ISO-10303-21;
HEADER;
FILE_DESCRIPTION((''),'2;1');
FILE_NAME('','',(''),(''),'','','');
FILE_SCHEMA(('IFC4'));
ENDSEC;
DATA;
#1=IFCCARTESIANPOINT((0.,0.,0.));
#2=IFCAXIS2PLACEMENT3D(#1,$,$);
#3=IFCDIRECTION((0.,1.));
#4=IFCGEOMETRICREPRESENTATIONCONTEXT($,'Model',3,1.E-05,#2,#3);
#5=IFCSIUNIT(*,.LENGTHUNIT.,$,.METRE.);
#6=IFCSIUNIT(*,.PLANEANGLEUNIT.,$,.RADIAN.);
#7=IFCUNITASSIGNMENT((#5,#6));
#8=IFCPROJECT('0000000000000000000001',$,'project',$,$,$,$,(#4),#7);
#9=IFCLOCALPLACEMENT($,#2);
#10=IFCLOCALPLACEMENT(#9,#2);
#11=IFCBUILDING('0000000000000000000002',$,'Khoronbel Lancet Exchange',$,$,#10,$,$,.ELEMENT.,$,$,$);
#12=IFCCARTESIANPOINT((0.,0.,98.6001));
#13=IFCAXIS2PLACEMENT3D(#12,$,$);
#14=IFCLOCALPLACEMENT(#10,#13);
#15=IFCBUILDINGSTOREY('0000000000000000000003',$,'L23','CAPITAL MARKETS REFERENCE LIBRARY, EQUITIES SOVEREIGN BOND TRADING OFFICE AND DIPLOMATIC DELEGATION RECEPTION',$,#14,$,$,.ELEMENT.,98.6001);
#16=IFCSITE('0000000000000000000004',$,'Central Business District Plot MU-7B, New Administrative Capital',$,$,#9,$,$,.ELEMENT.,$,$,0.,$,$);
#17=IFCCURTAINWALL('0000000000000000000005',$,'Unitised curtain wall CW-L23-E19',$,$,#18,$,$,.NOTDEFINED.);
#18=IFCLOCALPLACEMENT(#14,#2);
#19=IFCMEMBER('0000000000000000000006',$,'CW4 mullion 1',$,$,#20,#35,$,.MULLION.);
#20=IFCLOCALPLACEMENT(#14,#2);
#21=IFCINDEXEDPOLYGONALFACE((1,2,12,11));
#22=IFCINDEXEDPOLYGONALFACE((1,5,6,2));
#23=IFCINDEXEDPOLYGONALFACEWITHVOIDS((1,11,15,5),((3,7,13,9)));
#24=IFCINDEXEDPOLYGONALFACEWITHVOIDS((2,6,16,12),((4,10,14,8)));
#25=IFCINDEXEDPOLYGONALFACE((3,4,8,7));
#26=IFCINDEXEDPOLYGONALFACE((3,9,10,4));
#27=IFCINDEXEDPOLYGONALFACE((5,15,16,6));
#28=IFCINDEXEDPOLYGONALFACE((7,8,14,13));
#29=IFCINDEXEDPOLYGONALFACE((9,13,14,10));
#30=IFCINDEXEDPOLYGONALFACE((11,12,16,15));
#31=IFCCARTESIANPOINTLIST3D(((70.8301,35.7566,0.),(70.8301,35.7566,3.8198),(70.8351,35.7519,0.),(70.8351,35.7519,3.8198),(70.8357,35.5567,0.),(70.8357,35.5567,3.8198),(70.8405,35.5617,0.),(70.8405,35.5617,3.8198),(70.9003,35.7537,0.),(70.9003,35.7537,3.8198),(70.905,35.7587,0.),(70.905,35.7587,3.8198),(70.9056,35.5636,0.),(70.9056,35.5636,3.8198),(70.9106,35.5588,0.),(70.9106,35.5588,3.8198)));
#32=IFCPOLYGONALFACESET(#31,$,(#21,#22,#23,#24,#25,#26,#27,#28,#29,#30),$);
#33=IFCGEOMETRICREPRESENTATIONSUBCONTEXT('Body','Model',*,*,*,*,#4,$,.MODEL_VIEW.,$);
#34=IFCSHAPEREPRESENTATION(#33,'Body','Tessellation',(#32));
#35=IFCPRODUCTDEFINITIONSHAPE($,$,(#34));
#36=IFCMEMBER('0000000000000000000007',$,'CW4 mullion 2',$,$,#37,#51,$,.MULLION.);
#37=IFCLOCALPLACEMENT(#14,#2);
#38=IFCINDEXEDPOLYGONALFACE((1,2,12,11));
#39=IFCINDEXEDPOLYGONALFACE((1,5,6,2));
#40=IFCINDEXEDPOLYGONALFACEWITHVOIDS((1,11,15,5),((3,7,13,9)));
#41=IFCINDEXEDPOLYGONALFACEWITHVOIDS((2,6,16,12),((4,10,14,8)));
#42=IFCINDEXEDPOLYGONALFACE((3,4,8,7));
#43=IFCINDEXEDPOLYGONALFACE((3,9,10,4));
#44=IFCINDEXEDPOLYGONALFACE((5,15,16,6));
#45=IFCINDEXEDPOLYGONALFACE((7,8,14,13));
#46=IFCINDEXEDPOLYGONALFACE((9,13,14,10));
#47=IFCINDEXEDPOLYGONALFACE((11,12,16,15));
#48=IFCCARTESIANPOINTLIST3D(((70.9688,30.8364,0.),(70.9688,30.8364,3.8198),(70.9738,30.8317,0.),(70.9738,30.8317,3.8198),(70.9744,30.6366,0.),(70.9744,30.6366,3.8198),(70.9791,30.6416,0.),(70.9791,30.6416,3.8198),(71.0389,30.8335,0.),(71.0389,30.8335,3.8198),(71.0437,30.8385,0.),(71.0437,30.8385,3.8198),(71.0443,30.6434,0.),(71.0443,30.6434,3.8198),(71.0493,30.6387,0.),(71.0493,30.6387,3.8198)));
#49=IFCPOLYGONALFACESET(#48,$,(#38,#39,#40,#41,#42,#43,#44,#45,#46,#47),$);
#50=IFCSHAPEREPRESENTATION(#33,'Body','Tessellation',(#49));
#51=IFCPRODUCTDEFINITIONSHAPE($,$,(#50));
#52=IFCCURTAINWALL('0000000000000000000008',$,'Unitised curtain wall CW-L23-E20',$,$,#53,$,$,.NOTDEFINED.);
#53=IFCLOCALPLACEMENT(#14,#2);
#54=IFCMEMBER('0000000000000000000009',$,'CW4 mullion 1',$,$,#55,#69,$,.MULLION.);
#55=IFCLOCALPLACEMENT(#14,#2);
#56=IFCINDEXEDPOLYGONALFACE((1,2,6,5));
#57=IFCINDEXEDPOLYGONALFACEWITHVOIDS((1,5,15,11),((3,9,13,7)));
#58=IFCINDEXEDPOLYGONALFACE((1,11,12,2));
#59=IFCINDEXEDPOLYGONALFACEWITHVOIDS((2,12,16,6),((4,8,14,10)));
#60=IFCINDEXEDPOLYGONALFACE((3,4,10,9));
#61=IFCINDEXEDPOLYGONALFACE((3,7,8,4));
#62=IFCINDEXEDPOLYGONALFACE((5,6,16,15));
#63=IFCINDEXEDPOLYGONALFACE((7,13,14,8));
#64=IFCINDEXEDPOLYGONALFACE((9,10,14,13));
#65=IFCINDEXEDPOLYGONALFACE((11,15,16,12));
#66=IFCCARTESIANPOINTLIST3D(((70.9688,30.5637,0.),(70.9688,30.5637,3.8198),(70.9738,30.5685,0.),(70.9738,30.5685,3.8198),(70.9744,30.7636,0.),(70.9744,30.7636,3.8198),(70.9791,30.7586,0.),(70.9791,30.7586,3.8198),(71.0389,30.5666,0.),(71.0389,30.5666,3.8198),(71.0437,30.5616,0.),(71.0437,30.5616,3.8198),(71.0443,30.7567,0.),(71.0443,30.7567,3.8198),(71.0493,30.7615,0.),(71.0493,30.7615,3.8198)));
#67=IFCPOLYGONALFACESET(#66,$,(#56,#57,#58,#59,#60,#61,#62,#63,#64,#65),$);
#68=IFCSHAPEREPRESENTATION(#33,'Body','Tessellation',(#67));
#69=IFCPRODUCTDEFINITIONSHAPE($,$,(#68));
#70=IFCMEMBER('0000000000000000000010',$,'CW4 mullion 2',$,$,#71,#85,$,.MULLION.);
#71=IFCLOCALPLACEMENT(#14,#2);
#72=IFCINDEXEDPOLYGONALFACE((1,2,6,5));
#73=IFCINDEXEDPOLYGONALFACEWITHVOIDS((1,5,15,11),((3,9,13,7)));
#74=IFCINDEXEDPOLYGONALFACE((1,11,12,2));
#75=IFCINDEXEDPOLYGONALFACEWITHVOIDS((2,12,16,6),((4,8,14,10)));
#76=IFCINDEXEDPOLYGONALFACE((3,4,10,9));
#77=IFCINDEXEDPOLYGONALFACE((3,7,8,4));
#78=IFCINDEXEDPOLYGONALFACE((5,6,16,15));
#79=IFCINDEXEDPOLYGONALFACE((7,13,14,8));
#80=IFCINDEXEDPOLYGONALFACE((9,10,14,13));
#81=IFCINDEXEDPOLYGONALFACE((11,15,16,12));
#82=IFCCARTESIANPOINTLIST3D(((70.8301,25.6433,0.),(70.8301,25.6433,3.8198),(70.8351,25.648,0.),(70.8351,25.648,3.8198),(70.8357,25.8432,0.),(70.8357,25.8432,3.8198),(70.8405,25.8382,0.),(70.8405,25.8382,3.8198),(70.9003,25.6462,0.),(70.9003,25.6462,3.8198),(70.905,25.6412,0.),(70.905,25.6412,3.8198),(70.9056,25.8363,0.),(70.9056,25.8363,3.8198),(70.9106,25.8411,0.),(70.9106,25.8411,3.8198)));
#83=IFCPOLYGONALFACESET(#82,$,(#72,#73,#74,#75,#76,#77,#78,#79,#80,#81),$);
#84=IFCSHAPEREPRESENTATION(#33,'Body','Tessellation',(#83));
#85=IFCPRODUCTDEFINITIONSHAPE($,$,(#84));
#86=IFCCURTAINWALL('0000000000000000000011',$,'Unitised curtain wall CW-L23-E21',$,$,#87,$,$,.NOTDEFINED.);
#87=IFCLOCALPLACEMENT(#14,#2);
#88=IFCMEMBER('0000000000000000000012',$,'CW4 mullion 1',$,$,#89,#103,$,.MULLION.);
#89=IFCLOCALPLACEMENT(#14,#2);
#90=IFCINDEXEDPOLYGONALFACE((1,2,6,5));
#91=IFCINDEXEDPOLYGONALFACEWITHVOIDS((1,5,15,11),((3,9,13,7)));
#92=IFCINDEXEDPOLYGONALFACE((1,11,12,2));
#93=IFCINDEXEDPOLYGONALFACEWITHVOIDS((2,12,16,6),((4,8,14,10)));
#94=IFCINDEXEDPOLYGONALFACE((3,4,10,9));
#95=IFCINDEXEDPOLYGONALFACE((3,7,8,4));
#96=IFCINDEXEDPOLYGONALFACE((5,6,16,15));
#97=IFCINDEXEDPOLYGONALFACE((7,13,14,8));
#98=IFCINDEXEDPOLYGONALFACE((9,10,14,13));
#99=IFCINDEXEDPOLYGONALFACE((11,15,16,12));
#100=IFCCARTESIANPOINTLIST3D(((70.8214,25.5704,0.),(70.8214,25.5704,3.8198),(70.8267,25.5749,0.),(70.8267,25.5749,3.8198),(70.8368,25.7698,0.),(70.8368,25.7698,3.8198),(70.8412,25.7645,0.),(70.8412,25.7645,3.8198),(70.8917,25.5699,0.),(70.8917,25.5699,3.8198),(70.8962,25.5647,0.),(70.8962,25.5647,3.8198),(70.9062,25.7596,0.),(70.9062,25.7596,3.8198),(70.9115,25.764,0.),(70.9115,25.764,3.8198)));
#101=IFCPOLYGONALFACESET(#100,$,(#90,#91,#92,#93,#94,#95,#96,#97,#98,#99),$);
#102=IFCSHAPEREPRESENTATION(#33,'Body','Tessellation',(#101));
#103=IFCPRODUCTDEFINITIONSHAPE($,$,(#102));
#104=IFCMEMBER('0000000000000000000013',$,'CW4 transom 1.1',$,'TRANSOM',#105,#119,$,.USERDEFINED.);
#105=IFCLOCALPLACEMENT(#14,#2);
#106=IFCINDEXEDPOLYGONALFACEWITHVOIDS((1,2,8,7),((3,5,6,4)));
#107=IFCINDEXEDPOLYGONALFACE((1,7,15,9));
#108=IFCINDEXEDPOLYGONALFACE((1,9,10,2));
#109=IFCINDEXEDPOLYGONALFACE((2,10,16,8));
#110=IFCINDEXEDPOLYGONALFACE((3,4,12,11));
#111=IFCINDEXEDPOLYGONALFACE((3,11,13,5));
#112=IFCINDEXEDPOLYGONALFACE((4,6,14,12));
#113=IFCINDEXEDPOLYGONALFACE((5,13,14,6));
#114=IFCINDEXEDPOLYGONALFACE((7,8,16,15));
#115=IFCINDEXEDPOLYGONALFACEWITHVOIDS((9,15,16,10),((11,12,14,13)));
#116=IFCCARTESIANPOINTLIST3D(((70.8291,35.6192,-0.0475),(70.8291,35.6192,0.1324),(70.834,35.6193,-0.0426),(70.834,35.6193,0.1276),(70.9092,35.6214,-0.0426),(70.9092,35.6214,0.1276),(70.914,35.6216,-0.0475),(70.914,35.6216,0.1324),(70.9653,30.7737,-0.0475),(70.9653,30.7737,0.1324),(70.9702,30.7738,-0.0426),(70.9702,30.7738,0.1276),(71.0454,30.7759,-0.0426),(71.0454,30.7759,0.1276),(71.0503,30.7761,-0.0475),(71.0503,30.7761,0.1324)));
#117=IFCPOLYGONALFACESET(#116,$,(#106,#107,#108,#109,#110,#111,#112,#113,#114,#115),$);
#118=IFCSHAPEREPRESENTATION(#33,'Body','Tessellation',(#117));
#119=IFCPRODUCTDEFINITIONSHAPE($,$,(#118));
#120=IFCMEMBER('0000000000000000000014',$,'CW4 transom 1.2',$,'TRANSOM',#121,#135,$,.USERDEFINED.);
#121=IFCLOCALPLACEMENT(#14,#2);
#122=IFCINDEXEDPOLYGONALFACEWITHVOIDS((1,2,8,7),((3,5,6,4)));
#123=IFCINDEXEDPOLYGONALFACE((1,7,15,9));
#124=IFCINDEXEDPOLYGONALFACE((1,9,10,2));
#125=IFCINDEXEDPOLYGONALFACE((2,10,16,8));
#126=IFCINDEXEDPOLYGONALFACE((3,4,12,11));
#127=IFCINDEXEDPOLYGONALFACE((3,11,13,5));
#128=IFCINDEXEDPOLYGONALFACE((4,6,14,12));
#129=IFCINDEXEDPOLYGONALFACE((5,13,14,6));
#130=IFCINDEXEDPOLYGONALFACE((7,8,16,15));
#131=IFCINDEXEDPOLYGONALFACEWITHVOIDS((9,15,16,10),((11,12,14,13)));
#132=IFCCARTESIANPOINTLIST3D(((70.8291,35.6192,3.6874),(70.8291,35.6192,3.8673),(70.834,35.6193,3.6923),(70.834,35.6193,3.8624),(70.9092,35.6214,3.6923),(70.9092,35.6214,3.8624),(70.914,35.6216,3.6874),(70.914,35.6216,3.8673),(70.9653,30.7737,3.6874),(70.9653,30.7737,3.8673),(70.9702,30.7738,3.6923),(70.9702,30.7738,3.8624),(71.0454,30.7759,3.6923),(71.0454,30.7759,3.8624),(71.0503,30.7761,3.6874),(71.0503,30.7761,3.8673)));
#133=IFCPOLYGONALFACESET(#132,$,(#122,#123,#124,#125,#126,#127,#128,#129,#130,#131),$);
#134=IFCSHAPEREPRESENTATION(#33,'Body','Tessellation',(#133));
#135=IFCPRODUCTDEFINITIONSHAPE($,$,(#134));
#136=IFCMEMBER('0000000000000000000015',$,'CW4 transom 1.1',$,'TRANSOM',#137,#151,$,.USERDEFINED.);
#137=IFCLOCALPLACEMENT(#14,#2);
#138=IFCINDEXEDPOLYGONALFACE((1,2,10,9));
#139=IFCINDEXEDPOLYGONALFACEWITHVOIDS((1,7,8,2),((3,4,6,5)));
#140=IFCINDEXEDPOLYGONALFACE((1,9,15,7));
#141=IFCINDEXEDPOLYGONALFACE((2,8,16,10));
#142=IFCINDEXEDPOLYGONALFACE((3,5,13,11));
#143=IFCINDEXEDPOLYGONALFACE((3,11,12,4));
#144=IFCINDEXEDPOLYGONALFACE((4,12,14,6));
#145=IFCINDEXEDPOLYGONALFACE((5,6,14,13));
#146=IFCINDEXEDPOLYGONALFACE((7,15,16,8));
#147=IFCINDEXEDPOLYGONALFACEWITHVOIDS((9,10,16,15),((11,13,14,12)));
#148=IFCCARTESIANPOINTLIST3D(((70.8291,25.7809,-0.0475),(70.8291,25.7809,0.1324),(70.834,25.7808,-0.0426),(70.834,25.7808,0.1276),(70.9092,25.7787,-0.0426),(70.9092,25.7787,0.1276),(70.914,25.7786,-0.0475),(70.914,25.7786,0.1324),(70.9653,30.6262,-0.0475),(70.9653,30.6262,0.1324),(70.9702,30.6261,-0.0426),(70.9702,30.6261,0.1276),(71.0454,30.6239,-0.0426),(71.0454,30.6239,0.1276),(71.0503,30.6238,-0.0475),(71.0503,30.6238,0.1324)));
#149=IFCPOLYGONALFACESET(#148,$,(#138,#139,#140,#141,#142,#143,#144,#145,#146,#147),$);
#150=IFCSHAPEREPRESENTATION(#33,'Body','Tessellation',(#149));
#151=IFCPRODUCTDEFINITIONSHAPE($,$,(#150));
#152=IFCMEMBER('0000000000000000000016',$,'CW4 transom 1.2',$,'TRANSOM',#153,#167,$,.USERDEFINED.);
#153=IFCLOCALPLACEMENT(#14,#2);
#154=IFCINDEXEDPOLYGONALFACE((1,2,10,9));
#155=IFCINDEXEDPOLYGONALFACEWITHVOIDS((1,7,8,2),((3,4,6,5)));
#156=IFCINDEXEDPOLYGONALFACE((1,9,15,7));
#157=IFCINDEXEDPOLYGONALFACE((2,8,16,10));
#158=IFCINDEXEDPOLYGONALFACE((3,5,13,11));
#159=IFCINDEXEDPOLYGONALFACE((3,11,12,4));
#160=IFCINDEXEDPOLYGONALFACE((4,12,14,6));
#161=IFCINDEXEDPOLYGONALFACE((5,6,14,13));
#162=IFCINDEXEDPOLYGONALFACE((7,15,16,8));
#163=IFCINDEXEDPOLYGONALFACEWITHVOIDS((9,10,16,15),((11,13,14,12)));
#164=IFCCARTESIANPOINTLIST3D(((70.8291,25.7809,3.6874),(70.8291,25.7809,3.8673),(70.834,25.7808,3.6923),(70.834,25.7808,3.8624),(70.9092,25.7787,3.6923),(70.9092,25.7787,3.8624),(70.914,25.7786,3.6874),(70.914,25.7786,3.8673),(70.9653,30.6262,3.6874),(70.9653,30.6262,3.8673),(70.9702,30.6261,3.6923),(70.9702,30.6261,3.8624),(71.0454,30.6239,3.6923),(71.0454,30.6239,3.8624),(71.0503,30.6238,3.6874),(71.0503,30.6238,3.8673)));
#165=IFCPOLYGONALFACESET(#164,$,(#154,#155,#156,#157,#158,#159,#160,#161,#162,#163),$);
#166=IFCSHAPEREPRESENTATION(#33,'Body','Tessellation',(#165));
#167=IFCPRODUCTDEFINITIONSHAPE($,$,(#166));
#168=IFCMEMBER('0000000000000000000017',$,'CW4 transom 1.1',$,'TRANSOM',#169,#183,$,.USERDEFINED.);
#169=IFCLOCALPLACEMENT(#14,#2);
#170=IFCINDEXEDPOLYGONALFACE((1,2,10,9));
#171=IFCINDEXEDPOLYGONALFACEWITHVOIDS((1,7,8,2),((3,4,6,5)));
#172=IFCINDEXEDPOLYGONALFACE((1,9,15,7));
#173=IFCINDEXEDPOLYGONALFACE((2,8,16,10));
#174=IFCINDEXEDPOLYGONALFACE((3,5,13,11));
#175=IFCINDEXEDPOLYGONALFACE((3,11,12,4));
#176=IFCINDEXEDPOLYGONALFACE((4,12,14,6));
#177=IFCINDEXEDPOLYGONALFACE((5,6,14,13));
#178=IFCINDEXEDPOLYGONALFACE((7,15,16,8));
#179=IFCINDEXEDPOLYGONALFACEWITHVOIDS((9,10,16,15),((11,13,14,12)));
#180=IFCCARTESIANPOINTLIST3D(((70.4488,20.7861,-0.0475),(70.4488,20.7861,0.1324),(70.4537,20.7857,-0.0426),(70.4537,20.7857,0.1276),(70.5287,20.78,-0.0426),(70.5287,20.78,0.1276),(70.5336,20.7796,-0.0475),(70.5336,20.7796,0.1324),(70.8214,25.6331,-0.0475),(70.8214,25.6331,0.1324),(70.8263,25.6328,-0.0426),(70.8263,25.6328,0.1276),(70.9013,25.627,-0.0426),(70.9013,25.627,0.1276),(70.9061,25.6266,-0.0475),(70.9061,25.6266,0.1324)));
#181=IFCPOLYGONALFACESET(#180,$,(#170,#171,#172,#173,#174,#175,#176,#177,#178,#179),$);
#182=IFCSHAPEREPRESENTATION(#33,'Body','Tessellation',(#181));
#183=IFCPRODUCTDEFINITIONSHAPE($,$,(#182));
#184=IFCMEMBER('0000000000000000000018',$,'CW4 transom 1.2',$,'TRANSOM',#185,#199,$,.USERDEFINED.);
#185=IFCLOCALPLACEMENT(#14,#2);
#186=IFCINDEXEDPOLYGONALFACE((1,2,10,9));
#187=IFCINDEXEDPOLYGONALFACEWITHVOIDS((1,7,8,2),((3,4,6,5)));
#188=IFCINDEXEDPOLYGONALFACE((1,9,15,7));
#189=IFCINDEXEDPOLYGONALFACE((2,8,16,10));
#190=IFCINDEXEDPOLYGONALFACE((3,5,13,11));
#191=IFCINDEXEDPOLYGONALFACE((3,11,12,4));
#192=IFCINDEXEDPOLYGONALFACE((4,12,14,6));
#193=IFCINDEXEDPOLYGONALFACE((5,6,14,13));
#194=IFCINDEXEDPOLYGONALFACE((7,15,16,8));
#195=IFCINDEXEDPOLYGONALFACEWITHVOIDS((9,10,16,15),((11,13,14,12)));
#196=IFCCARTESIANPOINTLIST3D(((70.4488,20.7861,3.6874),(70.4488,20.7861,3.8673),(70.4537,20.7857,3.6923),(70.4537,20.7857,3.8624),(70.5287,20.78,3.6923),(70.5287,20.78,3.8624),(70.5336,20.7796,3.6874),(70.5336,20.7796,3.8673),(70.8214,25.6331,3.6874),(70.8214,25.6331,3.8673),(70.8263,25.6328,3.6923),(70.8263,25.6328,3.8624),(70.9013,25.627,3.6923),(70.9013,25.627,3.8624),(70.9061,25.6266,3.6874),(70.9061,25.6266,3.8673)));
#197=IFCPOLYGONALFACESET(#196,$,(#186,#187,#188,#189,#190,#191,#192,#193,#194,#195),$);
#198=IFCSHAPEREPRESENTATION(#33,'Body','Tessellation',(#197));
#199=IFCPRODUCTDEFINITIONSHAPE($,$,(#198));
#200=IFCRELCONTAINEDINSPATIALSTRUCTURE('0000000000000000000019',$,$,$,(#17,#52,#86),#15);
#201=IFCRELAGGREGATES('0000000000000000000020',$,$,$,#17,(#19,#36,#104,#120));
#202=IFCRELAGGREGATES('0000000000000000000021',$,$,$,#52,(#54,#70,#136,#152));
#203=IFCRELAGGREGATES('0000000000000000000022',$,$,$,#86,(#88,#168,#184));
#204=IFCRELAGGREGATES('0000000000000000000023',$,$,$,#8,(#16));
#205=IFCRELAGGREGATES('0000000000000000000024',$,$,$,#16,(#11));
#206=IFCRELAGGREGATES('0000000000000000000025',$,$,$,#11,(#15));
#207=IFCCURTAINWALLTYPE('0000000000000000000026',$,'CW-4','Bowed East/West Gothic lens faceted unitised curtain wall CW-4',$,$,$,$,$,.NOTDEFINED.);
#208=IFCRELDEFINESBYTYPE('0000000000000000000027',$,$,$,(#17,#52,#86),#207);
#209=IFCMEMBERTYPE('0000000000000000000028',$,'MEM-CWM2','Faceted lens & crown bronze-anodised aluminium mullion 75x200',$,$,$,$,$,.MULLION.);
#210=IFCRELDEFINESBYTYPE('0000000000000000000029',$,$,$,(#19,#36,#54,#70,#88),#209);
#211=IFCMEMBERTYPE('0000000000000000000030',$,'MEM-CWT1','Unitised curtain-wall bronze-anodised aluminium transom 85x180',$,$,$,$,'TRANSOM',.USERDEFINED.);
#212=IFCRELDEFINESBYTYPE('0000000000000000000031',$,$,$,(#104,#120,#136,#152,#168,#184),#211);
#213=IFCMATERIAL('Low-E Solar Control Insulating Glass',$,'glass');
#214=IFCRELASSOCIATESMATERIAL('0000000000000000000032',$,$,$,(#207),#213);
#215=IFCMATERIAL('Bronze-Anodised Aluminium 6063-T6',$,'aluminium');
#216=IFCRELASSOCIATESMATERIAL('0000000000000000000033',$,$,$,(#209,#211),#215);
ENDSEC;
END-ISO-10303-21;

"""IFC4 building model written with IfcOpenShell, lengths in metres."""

from ifc_helpers import new_model, si_unit, direction, frame, origin, origin_2d, place, context, subcontext, project, spatial, hollow_rectangle, extrude, material, material_profile, profile_set, type_object, element, aggregate, save


model = new_model("IFC4")

# Units and contexts
model_context = context("Model", 3, precision=1e-05, world=origin(), true_north=direction((0.0, 1.0)))
body_context = subcontext(model_context, "Body", "Model", "MODEL_VIEW")
ifc_project = project(units=[si_unit("LENGTHUNIT", "METRE"), si_unit("PLANEANGLEUNIT", "RADIAN")], contexts=[model_context])

# Site, building, storey
site_placement = place(None, origin())
site = spatial("IfcSite", under=ifc_project, at=site_placement, Name="Central Business District Plot MU-7B, New Administrative Capital", CompositionType="ELEMENT", RefElevation=0.0)
building_placement = place(site_placement, origin())
building = spatial("IfcBuilding", under=site, at=building_placement, Name="Khoronbel Lancet Exchange", CompositionType="ELEMENT")
storey_placement = place(building_placement, frame((0.0, 0.0, 98.6001)))
storey = spatial("IfcBuildingStorey", under=building, at=storey_placement, Name="L23", Description="CAPITAL MARKETS REFERENCE LIBRARY, EQUITIES SOVEREIGN BOND TRADING OFFICE AND DIPLOMATIC DELEGATION RECEPTION", CompositionType="ELEMENT", Elevation=98.6001)

# Shared definitions
ifc_material_1 = material(Name="Low-E Solar Control Insulating Glass", Category="glass")
curtain_wall_type = type_object("IfcCurtainWallType", Name="CW-4", Description="Bowed East/West Gothic lens faceted unitised curtain wall CW-4", PredefinedType="NOTDEFINED", material=ifc_material_1)
ifc_material_2 = material(Name="Bronze-Anodised Aluminium 6063-T6", Category="aluminium")
ifc_material_profile_1 = material_profile(ifc_material_2, hollow_rectangle(XDim=0.075, YDim=0.2, WallThickness=0.0049, at=origin_2d()), Name="ALU MULLION 75x200")
ifc_profile_set_1 = profile_set([ifc_material_profile_1], Name="Bronze-Anodised Aluminium 6063-T6")
member_type_1 = type_object("IfcMemberType", Name="MEM-CWM2", Description="Faceted lens & crown bronze-anodised aluminium mullion 75x200", PredefinedType="MULLION", material=ifc_profile_set_1)

# Curtain walls, members
curtain_wall_1_placement = place(storey_placement, origin())
curtain_wall_1 = element("IfcCurtainWall", 1, at=curtain_wall_1_placement, inside=storey, type_object=curtain_wall_type, Name="Unitised curtain wall CW-L23-E19", PredefinedType="NOTDEFINED")
member_1_placement = place(storey_placement, frame((70.8704, 35.6577, 0.0), z_axis=(0.0, 0.0, 1.0), x_axis=(0.999604, 0.028135, 0.0)))
member_1 = element("IfcMember", 2, at=member_1_placement, type_object=member_type_1, Name="CW4 mullion 1", PredefinedType="MULLION", context=body_context, shape_type="SweptSolid", body=[
    extrude(hollow_rectangle(XDim=0.075, YDim=0.2, WallThickness=0.0049, at=origin_2d()), origin(), (0.0, 0.0, 1.0), 3.8198),
])
member_2_placement = place(storey_placement, frame((71.009, 30.7375, 0.0), z_axis=(0.0, 0.0, 1.0), x_axis=(0.999604, 0.028135, 0.0)))
member_2 = element("IfcMember", 3, at=member_2_placement, type_object=member_type_1, Name="CW4 mullion 2", PredefinedType="MULLION", context=body_context, shape_type="SweptSolid", body=[
    extrude(hollow_rectangle(XDim=0.075, YDim=0.2, WallThickness=0.0049, at=origin_2d()), origin(), (0.0, 0.0, 1.0), 3.8198),
])
curtain_wall_2_placement = place(storey_placement, origin())
curtain_wall_2 = element("IfcCurtainWall", 4, at=curtain_wall_2_placement, inside=storey, type_object=curtain_wall_type, Name="Unitised curtain wall CW-L23-E20", PredefinedType="NOTDEFINED")
member_3_placement = place(storey_placement, frame((71.009, 30.6626, 0.0), z_axis=(0.0, 0.0, 1.0), x_axis=(0.999604, -0.028135, 0.0)))
member_3 = element("IfcMember", 5, at=member_3_placement, type_object=member_type_1, Name="CW4 mullion 1", PredefinedType="MULLION", context=body_context, shape_type="SweptSolid", body=[
    extrude(hollow_rectangle(XDim=0.075, YDim=0.2, WallThickness=0.0049, at=origin_2d()), origin(), (0.0, 0.0, 1.0), 3.8198),
])
member_4_placement = place(storey_placement, frame((70.8704, 25.7422, 0.0), z_axis=(0.0, 0.0, 1.0), x_axis=(0.999604, -0.028135, 0.0)))
member_4 = element("IfcMember", 6, at=member_4_placement, type_object=member_type_1, Name="CW4 mullion 2", PredefinedType="MULLION", context=body_context, shape_type="SweptSolid", body=[
    extrude(hollow_rectangle(XDim=0.075, YDim=0.2, WallThickness=0.0049, at=origin_2d()), origin(), (0.0, 0.0, 1.0), 3.8198),
])

# Curtain wall, member
curtain_wall_3_placement = place(storey_placement, origin())
curtain_wall_3 = element("IfcCurtainWall", 7, at=curtain_wall_3_placement, inside=storey, type_object=curtain_wall_type, Name="Unitised curtain wall CW-L23-E21", PredefinedType="NOTDEFINED")
member_5_placement = place(storey_placement, frame((70.8665, 25.6672, 0.0), z_axis=(0.0, 0.0, 1.0), x_axis=(0.99706, -0.076626, 0.0)))
member_5 = element("IfcMember", 8, at=member_5_placement, type_object=member_type_1, Name="CW4 mullion 1", PredefinedType="MULLION", context=body_context, shape_type="SweptSolid", body=[
    extrude(hollow_rectangle(XDim=0.075, YDim=0.2, WallThickness=0.0049, at=origin_2d()), origin(), (0.0, 0.0, 1.0), 3.8198),
])

# Members
ifc_material_profile_2 = material_profile(ifc_material_2, hollow_rectangle(XDim=0.085, YDim=0.1799, WallThickness=0.0049, at=origin_2d()), Name="ALU TRANSOM 85x180")
ifc_profile_set_2 = profile_set([ifc_material_profile_2], Name="Bronze-Anodised Aluminium 6063-T6")
member_type_2 = type_object("IfcMemberType", Name="MEM-CWT1", Description="Unitised curtain-wall bronze-anodised aluminium transom 85x180", ElementType="TRANSOM", PredefinedType="USERDEFINED", material=ifc_profile_set_2)
member_6_placement = place(storey_placement, frame((70.8716, 35.6204, 0.0425), z_axis=(0.028104, -0.999605, 0.0), x_axis=(0.999605, 0.028104, 0.0)))
member_6 = element("IfcMember", 9, at=member_6_placement, type_object=member_type_2, Name="CW4 transom 1.1", ObjectType="TRANSOM", PredefinedType="USERDEFINED", context=body_context, shape_type="SweptSolid", body=[
    extrude(hollow_rectangle(XDim=0.085, YDim=0.1799, WallThickness=0.0049, at=origin_2d()), origin(), (0.0, 0.0, 1.0), 4.8474),
])
member_7_placement = place(storey_placement, frame((70.8716, 35.6204, 3.7773), z_axis=(0.028104, -0.999605, 0.0), x_axis=(0.999605, 0.028104, 0.0)))
member_7 = element("IfcMember", 10, at=member_7_placement, type_object=member_type_2, Name="CW4 transom 1.2", ObjectType="TRANSOM", PredefinedType="USERDEFINED", context=body_context, shape_type="SweptSolid", body=[
    extrude(hollow_rectangle(XDim=0.085, YDim=0.1799, WallThickness=0.0049, at=origin_2d()), origin(), (0.0, 0.0, 1.0), 4.8474),
])
member_8_placement = place(storey_placement, frame((71.0078, 30.625, 0.0425), z_axis=(-0.028105, -0.999605, 0.0), x_axis=(0.999605, -0.028105, 0.0)))
member_8 = element("IfcMember", 11, at=member_8_placement, type_object=member_type_2, Name="CW4 transom 1.1", ObjectType="TRANSOM", PredefinedType="USERDEFINED", context=body_context, shape_type="SweptSolid", body=[
    extrude(hollow_rectangle(XDim=0.085, YDim=0.1799, WallThickness=0.0049, at=origin_2d()), origin(), (0.0, 0.0, 1.0), 4.8472),
])
member_9_placement = place(storey_placement, frame((71.0078, 30.625, 3.7773), z_axis=(-0.028105, -0.999605, 0.0), x_axis=(0.999605, -0.028105, 0.0)))
member_9 = element("IfcMember", 12, at=member_9_placement, type_object=member_type_2, Name="CW4 transom 1.2", ObjectType="TRANSOM", PredefinedType="USERDEFINED", context=body_context, shape_type="SweptSolid", body=[
    extrude(hollow_rectangle(XDim=0.085, YDim=0.1799, WallThickness=0.0049, at=origin_2d()), origin(), (0.0, 0.0, 1.0), 4.8472),
])
member_10_placement = place(storey_placement, frame((70.8638, 25.6299, 0.0425), z_axis=(-0.076639, -0.997059, 0.0), x_axis=(0.997059, -0.076639, 0.0)))
member_10 = element("IfcMember", 13, at=member_10_placement, type_object=member_type_2, Name="CW4 transom 1.1", ObjectType="TRANSOM", PredefinedType="USERDEFINED", context=body_context, shape_type="SweptSolid", body=[
    extrude(hollow_rectangle(XDim=0.085, YDim=0.1799, WallThickness=0.0049, at=origin_2d()), origin(), (0.0, 0.0, 1.0), 4.8613),
])
member_11_placement = place(storey_placement, frame((70.8638, 25.6299, 3.7773), z_axis=(-0.076639, -0.997059, 0.0), x_axis=(0.997059, -0.076639, 0.0)))
member_11 = element("IfcMember", 14, at=member_11_placement, type_object=member_type_2, Name="CW4 transom 1.2", ObjectType="TRANSOM", PredefinedType="USERDEFINED", context=body_context, shape_type="SweptSolid", body=[
    extrude(hollow_rectangle(XDim=0.085, YDim=0.1799, WallThickness=0.0049, at=origin_2d()), origin(), (0.0, 0.0, 1.0), 4.8613),
])

aggregate(curtain_wall_1, [member_1, member_2, member_6, member_7])
aggregate(curtain_wall_2, [member_3, member_4, member_8, member_9])
aggregate(curtain_wall_3, [member_5, member_10, member_11])

save(model, "model.ifc")
